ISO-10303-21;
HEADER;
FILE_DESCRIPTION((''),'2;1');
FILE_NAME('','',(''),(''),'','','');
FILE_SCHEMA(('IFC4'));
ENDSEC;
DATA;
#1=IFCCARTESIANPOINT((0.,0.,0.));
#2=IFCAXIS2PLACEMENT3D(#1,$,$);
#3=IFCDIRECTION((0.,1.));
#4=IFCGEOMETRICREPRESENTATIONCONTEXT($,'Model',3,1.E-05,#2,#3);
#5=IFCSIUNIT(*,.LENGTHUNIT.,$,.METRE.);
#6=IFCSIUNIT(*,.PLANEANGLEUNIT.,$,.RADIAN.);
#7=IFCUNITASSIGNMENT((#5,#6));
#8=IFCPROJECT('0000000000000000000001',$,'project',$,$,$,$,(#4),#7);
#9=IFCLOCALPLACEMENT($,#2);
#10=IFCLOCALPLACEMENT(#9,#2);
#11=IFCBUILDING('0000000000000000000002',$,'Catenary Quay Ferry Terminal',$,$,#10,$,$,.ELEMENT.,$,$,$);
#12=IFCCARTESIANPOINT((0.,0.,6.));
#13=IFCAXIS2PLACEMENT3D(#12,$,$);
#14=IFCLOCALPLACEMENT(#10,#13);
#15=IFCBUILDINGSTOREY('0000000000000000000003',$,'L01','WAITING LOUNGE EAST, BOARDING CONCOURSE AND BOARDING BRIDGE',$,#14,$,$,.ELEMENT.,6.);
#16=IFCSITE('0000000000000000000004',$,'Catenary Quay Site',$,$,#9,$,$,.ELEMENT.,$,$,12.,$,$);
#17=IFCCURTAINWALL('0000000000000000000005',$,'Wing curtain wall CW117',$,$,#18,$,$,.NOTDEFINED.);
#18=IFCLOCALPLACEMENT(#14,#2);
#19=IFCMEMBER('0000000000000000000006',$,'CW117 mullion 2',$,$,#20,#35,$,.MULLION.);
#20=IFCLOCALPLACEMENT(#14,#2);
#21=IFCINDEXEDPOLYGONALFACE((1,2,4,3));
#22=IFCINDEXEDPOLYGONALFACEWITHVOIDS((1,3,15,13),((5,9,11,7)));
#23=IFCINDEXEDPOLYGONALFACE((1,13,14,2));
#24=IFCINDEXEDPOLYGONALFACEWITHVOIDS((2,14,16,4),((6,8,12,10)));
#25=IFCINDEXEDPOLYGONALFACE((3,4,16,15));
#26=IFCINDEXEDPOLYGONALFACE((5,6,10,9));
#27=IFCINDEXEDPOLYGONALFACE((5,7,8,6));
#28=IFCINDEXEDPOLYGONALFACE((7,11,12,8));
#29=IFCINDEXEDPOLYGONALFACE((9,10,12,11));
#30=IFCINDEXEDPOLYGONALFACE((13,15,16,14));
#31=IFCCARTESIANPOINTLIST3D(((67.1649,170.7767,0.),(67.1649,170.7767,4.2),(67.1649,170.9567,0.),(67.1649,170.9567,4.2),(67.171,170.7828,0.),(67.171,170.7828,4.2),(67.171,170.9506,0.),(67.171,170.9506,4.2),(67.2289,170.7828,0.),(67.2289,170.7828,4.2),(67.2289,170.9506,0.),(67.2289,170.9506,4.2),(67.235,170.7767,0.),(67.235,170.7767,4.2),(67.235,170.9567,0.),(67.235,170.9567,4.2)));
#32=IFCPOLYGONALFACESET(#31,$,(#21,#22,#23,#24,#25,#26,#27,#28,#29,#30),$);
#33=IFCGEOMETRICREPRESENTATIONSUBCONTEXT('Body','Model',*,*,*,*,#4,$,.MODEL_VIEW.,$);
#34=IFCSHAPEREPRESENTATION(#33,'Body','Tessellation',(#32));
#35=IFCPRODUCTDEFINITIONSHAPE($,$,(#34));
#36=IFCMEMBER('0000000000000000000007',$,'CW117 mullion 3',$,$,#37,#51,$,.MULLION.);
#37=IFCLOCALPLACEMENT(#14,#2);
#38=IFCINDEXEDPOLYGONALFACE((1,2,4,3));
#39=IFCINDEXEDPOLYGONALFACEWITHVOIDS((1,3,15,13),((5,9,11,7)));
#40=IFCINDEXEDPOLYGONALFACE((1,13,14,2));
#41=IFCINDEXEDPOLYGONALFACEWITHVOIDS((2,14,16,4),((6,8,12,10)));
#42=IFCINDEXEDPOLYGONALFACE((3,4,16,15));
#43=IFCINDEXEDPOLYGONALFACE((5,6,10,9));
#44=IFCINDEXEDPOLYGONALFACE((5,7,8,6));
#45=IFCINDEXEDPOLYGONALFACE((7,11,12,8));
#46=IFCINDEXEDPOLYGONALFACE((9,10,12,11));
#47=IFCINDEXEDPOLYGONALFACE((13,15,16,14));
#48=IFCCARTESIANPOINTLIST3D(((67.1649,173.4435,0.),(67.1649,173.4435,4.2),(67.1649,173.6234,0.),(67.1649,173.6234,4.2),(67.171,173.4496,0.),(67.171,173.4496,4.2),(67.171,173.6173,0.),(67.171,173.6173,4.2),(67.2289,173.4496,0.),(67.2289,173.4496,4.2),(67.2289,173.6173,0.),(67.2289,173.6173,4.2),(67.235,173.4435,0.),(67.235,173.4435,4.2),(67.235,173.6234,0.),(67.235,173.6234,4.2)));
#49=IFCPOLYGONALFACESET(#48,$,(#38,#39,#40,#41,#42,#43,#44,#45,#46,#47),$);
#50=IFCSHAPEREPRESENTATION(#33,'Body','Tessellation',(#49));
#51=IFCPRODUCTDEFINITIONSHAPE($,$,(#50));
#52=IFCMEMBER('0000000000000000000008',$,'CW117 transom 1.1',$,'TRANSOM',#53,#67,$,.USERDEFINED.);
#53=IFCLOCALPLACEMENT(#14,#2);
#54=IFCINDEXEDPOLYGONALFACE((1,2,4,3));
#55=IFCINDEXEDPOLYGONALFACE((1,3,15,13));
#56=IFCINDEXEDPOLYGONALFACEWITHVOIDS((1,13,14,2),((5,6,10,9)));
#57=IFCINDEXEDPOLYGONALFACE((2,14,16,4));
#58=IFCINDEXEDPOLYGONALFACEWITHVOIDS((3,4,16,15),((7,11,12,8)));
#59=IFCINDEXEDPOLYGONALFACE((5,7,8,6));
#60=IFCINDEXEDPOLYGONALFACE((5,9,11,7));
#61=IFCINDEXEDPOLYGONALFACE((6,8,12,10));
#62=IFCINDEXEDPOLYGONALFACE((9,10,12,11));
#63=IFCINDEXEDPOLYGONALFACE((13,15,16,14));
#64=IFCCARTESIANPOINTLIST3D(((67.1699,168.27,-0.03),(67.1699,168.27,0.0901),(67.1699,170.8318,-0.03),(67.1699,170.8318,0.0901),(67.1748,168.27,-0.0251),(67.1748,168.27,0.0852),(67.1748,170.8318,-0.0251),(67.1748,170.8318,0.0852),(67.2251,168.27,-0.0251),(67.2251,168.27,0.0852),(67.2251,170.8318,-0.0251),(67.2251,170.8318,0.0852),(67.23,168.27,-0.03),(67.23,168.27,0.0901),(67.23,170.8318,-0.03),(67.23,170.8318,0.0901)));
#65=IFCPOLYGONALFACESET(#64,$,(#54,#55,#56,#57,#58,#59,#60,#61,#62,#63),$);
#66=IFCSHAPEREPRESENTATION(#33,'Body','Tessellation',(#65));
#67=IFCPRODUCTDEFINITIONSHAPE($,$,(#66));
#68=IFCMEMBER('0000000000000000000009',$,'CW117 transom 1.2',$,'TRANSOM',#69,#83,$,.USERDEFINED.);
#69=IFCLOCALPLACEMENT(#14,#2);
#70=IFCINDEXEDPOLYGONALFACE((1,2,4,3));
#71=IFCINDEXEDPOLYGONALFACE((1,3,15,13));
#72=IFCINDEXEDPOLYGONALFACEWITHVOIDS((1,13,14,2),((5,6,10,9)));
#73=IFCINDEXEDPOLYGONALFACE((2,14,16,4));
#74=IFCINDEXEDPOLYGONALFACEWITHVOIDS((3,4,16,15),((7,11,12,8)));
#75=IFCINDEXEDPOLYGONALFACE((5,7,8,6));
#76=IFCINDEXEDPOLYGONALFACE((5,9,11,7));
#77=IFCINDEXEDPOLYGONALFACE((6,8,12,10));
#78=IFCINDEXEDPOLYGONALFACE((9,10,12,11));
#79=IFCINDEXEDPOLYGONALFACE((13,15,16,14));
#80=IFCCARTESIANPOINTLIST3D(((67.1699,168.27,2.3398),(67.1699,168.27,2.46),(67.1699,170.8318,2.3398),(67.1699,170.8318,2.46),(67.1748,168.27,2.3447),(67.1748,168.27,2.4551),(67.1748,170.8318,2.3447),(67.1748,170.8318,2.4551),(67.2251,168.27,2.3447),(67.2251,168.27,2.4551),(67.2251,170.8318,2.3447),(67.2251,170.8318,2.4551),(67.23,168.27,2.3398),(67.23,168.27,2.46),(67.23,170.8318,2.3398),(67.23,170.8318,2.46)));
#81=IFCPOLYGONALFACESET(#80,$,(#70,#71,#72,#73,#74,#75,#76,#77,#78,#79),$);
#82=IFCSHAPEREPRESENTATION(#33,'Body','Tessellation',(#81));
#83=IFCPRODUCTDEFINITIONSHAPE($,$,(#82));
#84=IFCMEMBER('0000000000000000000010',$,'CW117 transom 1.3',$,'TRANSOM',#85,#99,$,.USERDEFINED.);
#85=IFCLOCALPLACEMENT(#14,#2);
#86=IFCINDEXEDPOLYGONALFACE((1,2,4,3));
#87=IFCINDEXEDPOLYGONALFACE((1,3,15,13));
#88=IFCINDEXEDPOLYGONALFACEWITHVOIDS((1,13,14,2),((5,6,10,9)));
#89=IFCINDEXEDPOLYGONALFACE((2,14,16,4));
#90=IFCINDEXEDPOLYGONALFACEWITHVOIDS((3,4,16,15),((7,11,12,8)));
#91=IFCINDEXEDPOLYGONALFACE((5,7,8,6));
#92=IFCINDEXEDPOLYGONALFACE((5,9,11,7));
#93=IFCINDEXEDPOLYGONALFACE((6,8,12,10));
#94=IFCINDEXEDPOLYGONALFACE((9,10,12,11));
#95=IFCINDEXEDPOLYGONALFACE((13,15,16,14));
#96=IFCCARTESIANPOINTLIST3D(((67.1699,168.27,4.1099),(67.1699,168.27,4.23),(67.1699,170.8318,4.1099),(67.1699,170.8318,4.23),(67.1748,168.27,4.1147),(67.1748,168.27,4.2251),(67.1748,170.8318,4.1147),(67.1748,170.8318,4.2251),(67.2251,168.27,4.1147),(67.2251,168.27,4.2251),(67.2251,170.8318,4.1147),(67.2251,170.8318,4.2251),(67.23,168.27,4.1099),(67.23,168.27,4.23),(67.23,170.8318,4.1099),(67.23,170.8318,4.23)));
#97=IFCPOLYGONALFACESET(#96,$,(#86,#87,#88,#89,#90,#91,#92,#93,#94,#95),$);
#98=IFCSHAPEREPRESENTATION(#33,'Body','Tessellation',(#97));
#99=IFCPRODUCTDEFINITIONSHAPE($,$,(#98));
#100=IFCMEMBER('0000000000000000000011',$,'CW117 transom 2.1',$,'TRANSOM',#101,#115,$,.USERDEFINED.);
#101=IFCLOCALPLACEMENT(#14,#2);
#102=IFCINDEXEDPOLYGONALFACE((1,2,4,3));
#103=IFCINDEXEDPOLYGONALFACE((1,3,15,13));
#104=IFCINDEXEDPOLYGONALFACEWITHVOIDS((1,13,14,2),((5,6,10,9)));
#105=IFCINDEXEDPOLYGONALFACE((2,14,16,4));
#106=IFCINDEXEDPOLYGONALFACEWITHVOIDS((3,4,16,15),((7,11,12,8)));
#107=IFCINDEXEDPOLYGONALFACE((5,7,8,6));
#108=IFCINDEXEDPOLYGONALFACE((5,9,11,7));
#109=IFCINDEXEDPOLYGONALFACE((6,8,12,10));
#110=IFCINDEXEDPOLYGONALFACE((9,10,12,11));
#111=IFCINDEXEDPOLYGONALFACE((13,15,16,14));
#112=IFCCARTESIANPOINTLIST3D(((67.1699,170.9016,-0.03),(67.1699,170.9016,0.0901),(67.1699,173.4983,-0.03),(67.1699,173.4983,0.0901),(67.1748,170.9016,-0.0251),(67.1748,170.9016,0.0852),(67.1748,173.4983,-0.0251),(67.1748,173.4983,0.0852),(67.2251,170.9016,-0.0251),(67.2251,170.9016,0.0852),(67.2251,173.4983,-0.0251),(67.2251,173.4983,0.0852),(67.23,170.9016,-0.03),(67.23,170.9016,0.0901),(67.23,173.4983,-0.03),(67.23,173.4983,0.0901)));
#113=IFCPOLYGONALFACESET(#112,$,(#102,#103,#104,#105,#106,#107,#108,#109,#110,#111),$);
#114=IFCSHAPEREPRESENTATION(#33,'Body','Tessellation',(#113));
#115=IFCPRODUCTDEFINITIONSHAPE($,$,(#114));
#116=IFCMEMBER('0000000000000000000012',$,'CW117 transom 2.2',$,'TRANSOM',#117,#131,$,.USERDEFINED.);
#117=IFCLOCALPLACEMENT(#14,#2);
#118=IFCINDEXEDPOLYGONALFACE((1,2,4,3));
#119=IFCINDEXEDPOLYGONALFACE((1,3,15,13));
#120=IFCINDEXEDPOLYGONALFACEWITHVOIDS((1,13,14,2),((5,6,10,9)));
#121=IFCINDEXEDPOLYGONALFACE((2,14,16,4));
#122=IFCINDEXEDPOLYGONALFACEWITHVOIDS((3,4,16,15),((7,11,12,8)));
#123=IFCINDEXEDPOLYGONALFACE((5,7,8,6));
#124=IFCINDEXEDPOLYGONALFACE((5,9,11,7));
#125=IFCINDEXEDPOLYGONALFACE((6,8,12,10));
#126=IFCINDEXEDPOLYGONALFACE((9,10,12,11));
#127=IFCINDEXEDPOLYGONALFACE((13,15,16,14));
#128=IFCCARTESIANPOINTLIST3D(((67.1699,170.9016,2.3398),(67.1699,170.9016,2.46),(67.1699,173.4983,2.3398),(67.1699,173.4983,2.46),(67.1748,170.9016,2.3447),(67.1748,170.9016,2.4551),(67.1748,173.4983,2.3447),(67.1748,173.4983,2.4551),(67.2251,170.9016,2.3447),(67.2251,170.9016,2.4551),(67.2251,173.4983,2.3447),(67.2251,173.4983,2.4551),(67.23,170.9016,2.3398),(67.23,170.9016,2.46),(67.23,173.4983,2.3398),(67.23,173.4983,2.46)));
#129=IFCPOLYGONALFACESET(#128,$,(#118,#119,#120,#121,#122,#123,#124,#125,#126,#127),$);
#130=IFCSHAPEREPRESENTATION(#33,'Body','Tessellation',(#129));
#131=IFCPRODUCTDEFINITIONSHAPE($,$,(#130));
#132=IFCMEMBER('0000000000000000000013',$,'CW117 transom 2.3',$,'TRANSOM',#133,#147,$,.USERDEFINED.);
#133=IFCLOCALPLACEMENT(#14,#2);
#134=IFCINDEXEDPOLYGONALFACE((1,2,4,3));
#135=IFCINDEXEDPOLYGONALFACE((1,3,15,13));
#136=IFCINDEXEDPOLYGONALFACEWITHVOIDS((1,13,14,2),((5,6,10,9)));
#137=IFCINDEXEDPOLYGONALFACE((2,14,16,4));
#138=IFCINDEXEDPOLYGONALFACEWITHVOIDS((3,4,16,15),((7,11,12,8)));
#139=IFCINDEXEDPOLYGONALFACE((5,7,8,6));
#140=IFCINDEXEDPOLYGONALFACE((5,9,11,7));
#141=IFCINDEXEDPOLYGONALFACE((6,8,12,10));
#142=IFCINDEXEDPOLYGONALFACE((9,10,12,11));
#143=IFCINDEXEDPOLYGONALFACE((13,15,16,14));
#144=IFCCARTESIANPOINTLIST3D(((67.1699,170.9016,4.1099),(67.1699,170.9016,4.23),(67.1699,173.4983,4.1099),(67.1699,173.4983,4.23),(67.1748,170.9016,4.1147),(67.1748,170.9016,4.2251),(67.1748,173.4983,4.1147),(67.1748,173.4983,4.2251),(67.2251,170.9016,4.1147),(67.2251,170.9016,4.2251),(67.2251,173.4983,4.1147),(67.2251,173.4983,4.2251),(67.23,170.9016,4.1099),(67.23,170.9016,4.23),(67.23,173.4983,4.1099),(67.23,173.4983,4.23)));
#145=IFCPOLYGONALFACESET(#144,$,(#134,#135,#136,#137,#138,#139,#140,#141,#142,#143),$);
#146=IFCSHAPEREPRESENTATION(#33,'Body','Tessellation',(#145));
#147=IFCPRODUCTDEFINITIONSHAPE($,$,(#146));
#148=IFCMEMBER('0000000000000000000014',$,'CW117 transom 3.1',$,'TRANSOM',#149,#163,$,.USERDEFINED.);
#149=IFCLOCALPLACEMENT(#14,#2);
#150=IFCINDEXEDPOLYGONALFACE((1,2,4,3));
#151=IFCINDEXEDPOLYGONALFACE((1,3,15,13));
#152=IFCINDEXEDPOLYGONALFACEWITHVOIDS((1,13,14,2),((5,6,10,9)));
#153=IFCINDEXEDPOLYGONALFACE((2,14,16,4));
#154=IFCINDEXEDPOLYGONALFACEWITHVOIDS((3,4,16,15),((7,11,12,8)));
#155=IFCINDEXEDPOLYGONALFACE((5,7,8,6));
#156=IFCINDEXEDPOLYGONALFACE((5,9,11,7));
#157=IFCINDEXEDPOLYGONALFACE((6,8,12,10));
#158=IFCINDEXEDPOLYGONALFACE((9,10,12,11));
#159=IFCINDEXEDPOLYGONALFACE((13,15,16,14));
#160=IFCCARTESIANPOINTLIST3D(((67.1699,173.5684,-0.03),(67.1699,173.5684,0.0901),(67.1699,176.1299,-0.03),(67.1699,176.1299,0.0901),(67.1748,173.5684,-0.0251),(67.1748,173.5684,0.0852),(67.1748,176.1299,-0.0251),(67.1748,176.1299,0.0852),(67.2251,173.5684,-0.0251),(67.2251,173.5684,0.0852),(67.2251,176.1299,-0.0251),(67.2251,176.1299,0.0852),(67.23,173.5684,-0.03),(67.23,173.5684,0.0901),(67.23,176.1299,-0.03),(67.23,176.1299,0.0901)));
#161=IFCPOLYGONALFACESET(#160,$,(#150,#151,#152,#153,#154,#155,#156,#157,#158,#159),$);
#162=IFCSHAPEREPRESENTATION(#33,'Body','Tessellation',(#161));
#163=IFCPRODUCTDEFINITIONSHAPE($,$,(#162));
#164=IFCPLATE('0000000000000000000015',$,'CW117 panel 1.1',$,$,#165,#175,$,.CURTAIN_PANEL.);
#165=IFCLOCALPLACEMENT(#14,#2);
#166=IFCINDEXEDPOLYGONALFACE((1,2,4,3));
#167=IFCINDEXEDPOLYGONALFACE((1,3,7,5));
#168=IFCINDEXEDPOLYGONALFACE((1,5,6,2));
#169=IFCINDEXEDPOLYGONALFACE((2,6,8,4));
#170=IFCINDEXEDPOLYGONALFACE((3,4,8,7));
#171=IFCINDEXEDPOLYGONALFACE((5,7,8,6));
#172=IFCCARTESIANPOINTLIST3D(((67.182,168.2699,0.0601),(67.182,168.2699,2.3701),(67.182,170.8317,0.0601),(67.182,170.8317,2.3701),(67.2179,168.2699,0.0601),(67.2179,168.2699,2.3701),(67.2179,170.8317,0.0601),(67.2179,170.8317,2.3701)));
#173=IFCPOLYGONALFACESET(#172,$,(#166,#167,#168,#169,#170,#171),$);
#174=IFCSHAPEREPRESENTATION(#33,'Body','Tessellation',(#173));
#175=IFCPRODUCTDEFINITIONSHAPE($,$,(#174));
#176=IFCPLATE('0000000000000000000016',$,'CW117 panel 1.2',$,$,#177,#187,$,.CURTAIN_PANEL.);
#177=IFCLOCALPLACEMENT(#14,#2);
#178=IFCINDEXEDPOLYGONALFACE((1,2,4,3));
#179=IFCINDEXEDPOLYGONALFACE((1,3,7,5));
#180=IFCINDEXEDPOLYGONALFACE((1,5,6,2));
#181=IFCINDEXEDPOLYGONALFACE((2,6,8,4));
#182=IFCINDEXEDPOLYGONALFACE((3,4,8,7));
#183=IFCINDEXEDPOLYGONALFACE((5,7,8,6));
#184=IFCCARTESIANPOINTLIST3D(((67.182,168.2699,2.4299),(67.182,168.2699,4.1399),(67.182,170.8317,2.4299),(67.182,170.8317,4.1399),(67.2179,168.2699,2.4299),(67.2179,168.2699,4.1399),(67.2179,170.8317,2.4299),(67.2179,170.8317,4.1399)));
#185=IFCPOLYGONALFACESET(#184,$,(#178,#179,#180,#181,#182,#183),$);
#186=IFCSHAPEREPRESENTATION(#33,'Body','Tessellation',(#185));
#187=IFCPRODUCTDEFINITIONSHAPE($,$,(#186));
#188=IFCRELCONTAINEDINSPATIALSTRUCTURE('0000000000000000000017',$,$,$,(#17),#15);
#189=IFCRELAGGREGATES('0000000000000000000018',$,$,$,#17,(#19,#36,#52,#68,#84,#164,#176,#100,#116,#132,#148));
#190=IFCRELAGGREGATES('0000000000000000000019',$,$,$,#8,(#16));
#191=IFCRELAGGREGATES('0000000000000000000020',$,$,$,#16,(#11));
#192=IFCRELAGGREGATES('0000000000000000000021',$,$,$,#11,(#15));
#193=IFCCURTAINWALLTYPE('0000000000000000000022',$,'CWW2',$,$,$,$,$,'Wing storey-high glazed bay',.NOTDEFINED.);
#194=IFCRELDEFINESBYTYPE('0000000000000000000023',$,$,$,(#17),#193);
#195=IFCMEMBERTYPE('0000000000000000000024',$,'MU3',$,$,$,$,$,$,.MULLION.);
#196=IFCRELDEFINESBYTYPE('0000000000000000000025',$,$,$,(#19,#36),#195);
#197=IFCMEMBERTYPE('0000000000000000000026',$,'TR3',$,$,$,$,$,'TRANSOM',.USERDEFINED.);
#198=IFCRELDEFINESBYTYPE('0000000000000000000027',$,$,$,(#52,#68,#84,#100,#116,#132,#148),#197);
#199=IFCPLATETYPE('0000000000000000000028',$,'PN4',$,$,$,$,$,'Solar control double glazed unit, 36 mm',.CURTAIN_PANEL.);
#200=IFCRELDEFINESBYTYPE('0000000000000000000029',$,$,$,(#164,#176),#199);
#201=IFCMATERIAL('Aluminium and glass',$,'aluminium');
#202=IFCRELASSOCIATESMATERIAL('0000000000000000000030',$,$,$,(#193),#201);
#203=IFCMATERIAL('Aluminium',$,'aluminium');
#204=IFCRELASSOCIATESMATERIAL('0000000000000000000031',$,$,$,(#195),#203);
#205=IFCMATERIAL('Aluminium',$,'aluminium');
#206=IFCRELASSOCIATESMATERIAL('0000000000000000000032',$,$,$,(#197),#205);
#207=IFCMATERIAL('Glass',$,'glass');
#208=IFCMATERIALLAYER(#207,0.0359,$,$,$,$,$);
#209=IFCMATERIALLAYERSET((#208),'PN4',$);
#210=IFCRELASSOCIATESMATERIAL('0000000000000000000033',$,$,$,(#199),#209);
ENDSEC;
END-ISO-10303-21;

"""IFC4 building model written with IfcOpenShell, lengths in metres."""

from ifc_helpers import new_model, si_unit, direction, frame, origin, origin_2d, place, context, subcontext, project, spatial, rectangle, hollow_rectangle, extrude, material, layer, layer_set, material_profile, profile_set, type_object, element, aggregate, save


model = new_model("IFC4")

# Units and contexts
model_context = context("Model", 3, precision=1e-05, world=origin(), true_north=direction((0.0, 1.0)))
body_context = subcontext(model_context, "Body", "Model", "MODEL_VIEW")
ifc_project = project(units=[si_unit("LENGTHUNIT", "METRE"), si_unit("PLANEANGLEUNIT", "RADIAN")], contexts=[model_context])

# Site, building, storey
site_placement = place(None, origin())
site = spatial("IfcSite", under=ifc_project, at=site_placement, Name="Catenary Quay Site", CompositionType="ELEMENT", RefElevation=12.0)
building_placement = place(site_placement, origin())
building = spatial("IfcBuilding", under=site, at=building_placement, Name="Catenary Quay Ferry Terminal", CompositionType="ELEMENT")
storey_placement = place(building_placement, frame((0.0, 0.0, 6.0)))
storey = spatial("IfcBuildingStorey", under=building, at=storey_placement, Name="L01", Description="WAITING LOUNGE EAST, BOARDING CONCOURSE AND BOARDING BRIDGE", CompositionType="ELEMENT", Elevation=6.0)

# Curtain wall, members, plates
ifc_material_1 = material(Name="Aluminium and glass", Category="aluminium")
curtain_wall_type = type_object("IfcCurtainWallType", Name="CWW2", ElementType="Wing storey-high glazed bay", PredefinedType="NOTDEFINED", material=ifc_material_1)
curtain_wall_placement = place(storey_placement, origin())
curtain_wall = element("IfcCurtainWall", 1, at=curtain_wall_placement, inside=storey, type_object=curtain_wall_type, Name="Wing curtain wall CW117", PredefinedType="NOTDEFINED")
ifc_material_2 = material(Name="Aluminium", Category="aluminium")
ifc_material_profile_1 = material_profile(ifc_material_2, hollow_rectangle(XDim=0.0701, YDim=0.1799, WallThickness=0.0061, at=origin_2d()), Name="MU3")
ifc_profile_set_1 = profile_set([ifc_material_profile_1], Name="Aluminium")
member_type_1 = type_object("IfcMemberType", Name="MU3", PredefinedType="MULLION", material=ifc_profile_set_1)
member_1_placement = place(storey_placement, frame((67.2, 170.8667, 0.0), z_axis=(0.0, 0.0, 1.0), x_axis=(-1.0, 0.0, 0.0)))
member_1 = element("IfcMember", 2, at=member_1_placement, type_object=member_type_1, Name="CW117 mullion 2", PredefinedType="MULLION", context=body_context, shape_type="SweptSolid", body=[
    extrude(hollow_rectangle(XDim=0.0701, YDim=0.1799, WallThickness=0.0061, at=origin_2d()), origin(), (0.0, 0.0, 1.0), 4.2),
])
member_2_placement = place(storey_placement, frame((67.2, 173.5334, 0.0), z_axis=(0.0, 0.0, 1.0), x_axis=(-1.0, 0.0, 0.0)))
member_2 = element("IfcMember", 3, at=member_2_placement, type_object=member_type_1, Name="CW117 mullion 3", PredefinedType="MULLION", context=body_context, shape_type="SweptSolid", body=[
    extrude(hollow_rectangle(XDim=0.0701, YDim=0.1799, WallThickness=0.0061, at=origin_2d()), origin(), (0.0, 0.0, 1.0), 4.2),
])
ifc_material_3 = material(Name="Aluminium", Category="aluminium")
ifc_material_profile_2 = material_profile(ifc_material_3, hollow_rectangle(XDim=0.0601, YDim=0.1201, WallThickness=0.0049, at=origin_2d()), Name="TR3")
ifc_profile_set_2 = profile_set([ifc_material_profile_2], Name="Aluminium")
member_type_2 = type_object("IfcMemberType", Name="TR3", ElementType="TRANSOM", PredefinedType="USERDEFINED", material=ifc_profile_set_2)
member_3_placement = place(storey_placement, frame((67.2, 168.27, 0.03), z_axis=(0.0, 1.0, 0.0), x_axis=(-1.0, 0.0, 0.0)))
member_3 = element("IfcMember", 4, at=member_3_placement, type_object=member_type_2, Name="CW117 transom 1.1", ObjectType="TRANSOM", PredefinedType="USERDEFINED", context=body_context, shape_type="SweptSolid", body=[
    extrude(hollow_rectangle(XDim=0.0601, YDim=0.1201, WallThickness=0.0049, at=origin_2d()), origin(), (0.0, 0.0, 1.0), 2.5618),
])
member_4_placement = place(storey_placement, frame((67.2, 168.27, 2.3999), z_axis=(0.0, 1.0, 0.0), x_axis=(-1.0, 0.0, 0.0)))
member_4 = element("IfcMember", 5, at=member_4_placement, type_object=member_type_2, Name="CW117 transom 1.2", ObjectType="TRANSOM", PredefinedType="USERDEFINED", context=body_context, shape_type="SweptSolid", body=[
    extrude(hollow_rectangle(XDim=0.0601, YDim=0.1201, WallThickness=0.0049, at=origin_2d()), origin(), (0.0, 0.0, 1.0), 2.5618),
])
member_5_placement = place(storey_placement, frame((67.2, 168.27, 4.1699), z_axis=(0.0, 1.0, 0.0), x_axis=(-1.0, 0.0, 0.0)))
member_5 = element("IfcMember", 6, at=member_5_placement, type_object=member_type_2, Name="CW117 transom 1.3", ObjectType="TRANSOM", PredefinedType="USERDEFINED", context=body_context, shape_type="SweptSolid", body=[
    extrude(hollow_rectangle(XDim=0.0601, YDim=0.1201, WallThickness=0.0049, at=origin_2d()), origin(), (0.0, 0.0, 1.0), 2.5618),
])
member_6_placement = place(storey_placement, frame((67.2, 170.9016, 0.03), z_axis=(0.0, 1.0, 0.0), x_axis=(-1.0, 0.0, 0.0)))
member_6 = element("IfcMember", 7, at=member_6_placement, type_object=member_type_2, Name="CW117 transom 2.1", ObjectType="TRANSOM", PredefinedType="USERDEFINED", context=body_context, shape_type="SweptSolid", body=[
    extrude(hollow_rectangle(XDim=0.0601, YDim=0.1201, WallThickness=0.0049, at=origin_2d()), origin(), (0.0, 0.0, 1.0), 2.5967),
])
member_7_placement = place(storey_placement, frame((67.2, 170.9016, 2.3999), z_axis=(0.0, 1.0, 0.0), x_axis=(-1.0, 0.0, 0.0)))
member_7 = element("IfcMember", 8, at=member_7_placement, type_object=member_type_2, Name="CW117 transom 2.2", ObjectType="TRANSOM", PredefinedType="USERDEFINED", context=body_context, shape_type="SweptSolid", body=[
    extrude(hollow_rectangle(XDim=0.0601, YDim=0.1201, WallThickness=0.0049, at=origin_2d()), origin(), (0.0, 0.0, 1.0), 2.5967),
])
member_8_placement = place(storey_placement, frame((67.2, 170.9016, 4.1699), z_axis=(0.0, 1.0, 0.0), x_axis=(-1.0, 0.0, 0.0)))
member_8 = element("IfcMember", 9, at=member_8_placement, type_object=member_type_2, Name="CW117 transom 2.3", ObjectType="TRANSOM", PredefinedType="USERDEFINED", context=body_context, shape_type="SweptSolid", body=[
    extrude(hollow_rectangle(XDim=0.0601, YDim=0.1201, WallThickness=0.0049, at=origin_2d()), origin(), (0.0, 0.0, 1.0), 2.5967),
])
member_9_placement = place(storey_placement, frame((67.2, 173.5684, 0.03), z_axis=(0.0, 1.0, 0.0), x_axis=(-1.0, 0.0, 0.0)))
member_9 = element("IfcMember", 10, at=member_9_placement, type_object=member_type_2, Name="CW117 transom 3.1", ObjectType="TRANSOM", PredefinedType="USERDEFINED", context=body_context, shape_type="SweptSolid", body=[
    extrude(hollow_rectangle(XDim=0.0601, YDim=0.1201, WallThickness=0.0049, at=origin_2d()), origin(), (0.0, 0.0, 1.0), 2.5615),
])
ifc_material_4 = material(Name="Glass", Category="glass")
ifc_layer_1 = layer(ifc_material_4, 0.0359)
ifc_layer_set_1 = layer_set([ifc_layer_1], Name="PN4")
plate_type = type_object("IfcPlateType", Name="PN4", ElementType="Solar control double glazed unit, 36 mm", PredefinedType="CURTAIN_PANEL", material=ifc_layer_set_1)
plate_1_placement = place(storey_placement, frame((67.2, 169.5508, 0.0601), z_axis=(0.0, 0.0, 1.0), x_axis=(0.0, 1.0, 0.0)))
plate_1 = element("IfcPlate", 11, at=plate_1_placement, type_object=plate_type, Name="CW117 panel 1.1", PredefinedType="CURTAIN_PANEL", context=body_context, shape_type="SweptSolid", body=[
    extrude(rectangle(XDim=2.5618, YDim=0.0359, at=origin_2d()), origin(), (0.0, 0.0, 1.0), 2.3101),
])
plate_2_placement = place(storey_placement, frame((67.2, 169.5508, 2.4299), z_axis=(0.0, 0.0, 1.0), x_axis=(0.0, 1.0, 0.0)))
plate_2 = element("IfcPlate", 12, at=plate_2_placement, type_object=plate_type, Name="CW117 panel 1.2", PredefinedType="CURTAIN_PANEL", context=body_context, shape_type="SweptSolid", body=[
    extrude(rectangle(XDim=2.5618, YDim=0.0359, at=origin_2d()), origin(), (0.0, 0.0, 1.0), 1.71),
])
aggregate(curtain_wall, [member_1, member_2, member_3, member_4, member_5, plate_1, plate_2, member_6, member_7, member_8, member_9])

save(model, "model.ifc")
